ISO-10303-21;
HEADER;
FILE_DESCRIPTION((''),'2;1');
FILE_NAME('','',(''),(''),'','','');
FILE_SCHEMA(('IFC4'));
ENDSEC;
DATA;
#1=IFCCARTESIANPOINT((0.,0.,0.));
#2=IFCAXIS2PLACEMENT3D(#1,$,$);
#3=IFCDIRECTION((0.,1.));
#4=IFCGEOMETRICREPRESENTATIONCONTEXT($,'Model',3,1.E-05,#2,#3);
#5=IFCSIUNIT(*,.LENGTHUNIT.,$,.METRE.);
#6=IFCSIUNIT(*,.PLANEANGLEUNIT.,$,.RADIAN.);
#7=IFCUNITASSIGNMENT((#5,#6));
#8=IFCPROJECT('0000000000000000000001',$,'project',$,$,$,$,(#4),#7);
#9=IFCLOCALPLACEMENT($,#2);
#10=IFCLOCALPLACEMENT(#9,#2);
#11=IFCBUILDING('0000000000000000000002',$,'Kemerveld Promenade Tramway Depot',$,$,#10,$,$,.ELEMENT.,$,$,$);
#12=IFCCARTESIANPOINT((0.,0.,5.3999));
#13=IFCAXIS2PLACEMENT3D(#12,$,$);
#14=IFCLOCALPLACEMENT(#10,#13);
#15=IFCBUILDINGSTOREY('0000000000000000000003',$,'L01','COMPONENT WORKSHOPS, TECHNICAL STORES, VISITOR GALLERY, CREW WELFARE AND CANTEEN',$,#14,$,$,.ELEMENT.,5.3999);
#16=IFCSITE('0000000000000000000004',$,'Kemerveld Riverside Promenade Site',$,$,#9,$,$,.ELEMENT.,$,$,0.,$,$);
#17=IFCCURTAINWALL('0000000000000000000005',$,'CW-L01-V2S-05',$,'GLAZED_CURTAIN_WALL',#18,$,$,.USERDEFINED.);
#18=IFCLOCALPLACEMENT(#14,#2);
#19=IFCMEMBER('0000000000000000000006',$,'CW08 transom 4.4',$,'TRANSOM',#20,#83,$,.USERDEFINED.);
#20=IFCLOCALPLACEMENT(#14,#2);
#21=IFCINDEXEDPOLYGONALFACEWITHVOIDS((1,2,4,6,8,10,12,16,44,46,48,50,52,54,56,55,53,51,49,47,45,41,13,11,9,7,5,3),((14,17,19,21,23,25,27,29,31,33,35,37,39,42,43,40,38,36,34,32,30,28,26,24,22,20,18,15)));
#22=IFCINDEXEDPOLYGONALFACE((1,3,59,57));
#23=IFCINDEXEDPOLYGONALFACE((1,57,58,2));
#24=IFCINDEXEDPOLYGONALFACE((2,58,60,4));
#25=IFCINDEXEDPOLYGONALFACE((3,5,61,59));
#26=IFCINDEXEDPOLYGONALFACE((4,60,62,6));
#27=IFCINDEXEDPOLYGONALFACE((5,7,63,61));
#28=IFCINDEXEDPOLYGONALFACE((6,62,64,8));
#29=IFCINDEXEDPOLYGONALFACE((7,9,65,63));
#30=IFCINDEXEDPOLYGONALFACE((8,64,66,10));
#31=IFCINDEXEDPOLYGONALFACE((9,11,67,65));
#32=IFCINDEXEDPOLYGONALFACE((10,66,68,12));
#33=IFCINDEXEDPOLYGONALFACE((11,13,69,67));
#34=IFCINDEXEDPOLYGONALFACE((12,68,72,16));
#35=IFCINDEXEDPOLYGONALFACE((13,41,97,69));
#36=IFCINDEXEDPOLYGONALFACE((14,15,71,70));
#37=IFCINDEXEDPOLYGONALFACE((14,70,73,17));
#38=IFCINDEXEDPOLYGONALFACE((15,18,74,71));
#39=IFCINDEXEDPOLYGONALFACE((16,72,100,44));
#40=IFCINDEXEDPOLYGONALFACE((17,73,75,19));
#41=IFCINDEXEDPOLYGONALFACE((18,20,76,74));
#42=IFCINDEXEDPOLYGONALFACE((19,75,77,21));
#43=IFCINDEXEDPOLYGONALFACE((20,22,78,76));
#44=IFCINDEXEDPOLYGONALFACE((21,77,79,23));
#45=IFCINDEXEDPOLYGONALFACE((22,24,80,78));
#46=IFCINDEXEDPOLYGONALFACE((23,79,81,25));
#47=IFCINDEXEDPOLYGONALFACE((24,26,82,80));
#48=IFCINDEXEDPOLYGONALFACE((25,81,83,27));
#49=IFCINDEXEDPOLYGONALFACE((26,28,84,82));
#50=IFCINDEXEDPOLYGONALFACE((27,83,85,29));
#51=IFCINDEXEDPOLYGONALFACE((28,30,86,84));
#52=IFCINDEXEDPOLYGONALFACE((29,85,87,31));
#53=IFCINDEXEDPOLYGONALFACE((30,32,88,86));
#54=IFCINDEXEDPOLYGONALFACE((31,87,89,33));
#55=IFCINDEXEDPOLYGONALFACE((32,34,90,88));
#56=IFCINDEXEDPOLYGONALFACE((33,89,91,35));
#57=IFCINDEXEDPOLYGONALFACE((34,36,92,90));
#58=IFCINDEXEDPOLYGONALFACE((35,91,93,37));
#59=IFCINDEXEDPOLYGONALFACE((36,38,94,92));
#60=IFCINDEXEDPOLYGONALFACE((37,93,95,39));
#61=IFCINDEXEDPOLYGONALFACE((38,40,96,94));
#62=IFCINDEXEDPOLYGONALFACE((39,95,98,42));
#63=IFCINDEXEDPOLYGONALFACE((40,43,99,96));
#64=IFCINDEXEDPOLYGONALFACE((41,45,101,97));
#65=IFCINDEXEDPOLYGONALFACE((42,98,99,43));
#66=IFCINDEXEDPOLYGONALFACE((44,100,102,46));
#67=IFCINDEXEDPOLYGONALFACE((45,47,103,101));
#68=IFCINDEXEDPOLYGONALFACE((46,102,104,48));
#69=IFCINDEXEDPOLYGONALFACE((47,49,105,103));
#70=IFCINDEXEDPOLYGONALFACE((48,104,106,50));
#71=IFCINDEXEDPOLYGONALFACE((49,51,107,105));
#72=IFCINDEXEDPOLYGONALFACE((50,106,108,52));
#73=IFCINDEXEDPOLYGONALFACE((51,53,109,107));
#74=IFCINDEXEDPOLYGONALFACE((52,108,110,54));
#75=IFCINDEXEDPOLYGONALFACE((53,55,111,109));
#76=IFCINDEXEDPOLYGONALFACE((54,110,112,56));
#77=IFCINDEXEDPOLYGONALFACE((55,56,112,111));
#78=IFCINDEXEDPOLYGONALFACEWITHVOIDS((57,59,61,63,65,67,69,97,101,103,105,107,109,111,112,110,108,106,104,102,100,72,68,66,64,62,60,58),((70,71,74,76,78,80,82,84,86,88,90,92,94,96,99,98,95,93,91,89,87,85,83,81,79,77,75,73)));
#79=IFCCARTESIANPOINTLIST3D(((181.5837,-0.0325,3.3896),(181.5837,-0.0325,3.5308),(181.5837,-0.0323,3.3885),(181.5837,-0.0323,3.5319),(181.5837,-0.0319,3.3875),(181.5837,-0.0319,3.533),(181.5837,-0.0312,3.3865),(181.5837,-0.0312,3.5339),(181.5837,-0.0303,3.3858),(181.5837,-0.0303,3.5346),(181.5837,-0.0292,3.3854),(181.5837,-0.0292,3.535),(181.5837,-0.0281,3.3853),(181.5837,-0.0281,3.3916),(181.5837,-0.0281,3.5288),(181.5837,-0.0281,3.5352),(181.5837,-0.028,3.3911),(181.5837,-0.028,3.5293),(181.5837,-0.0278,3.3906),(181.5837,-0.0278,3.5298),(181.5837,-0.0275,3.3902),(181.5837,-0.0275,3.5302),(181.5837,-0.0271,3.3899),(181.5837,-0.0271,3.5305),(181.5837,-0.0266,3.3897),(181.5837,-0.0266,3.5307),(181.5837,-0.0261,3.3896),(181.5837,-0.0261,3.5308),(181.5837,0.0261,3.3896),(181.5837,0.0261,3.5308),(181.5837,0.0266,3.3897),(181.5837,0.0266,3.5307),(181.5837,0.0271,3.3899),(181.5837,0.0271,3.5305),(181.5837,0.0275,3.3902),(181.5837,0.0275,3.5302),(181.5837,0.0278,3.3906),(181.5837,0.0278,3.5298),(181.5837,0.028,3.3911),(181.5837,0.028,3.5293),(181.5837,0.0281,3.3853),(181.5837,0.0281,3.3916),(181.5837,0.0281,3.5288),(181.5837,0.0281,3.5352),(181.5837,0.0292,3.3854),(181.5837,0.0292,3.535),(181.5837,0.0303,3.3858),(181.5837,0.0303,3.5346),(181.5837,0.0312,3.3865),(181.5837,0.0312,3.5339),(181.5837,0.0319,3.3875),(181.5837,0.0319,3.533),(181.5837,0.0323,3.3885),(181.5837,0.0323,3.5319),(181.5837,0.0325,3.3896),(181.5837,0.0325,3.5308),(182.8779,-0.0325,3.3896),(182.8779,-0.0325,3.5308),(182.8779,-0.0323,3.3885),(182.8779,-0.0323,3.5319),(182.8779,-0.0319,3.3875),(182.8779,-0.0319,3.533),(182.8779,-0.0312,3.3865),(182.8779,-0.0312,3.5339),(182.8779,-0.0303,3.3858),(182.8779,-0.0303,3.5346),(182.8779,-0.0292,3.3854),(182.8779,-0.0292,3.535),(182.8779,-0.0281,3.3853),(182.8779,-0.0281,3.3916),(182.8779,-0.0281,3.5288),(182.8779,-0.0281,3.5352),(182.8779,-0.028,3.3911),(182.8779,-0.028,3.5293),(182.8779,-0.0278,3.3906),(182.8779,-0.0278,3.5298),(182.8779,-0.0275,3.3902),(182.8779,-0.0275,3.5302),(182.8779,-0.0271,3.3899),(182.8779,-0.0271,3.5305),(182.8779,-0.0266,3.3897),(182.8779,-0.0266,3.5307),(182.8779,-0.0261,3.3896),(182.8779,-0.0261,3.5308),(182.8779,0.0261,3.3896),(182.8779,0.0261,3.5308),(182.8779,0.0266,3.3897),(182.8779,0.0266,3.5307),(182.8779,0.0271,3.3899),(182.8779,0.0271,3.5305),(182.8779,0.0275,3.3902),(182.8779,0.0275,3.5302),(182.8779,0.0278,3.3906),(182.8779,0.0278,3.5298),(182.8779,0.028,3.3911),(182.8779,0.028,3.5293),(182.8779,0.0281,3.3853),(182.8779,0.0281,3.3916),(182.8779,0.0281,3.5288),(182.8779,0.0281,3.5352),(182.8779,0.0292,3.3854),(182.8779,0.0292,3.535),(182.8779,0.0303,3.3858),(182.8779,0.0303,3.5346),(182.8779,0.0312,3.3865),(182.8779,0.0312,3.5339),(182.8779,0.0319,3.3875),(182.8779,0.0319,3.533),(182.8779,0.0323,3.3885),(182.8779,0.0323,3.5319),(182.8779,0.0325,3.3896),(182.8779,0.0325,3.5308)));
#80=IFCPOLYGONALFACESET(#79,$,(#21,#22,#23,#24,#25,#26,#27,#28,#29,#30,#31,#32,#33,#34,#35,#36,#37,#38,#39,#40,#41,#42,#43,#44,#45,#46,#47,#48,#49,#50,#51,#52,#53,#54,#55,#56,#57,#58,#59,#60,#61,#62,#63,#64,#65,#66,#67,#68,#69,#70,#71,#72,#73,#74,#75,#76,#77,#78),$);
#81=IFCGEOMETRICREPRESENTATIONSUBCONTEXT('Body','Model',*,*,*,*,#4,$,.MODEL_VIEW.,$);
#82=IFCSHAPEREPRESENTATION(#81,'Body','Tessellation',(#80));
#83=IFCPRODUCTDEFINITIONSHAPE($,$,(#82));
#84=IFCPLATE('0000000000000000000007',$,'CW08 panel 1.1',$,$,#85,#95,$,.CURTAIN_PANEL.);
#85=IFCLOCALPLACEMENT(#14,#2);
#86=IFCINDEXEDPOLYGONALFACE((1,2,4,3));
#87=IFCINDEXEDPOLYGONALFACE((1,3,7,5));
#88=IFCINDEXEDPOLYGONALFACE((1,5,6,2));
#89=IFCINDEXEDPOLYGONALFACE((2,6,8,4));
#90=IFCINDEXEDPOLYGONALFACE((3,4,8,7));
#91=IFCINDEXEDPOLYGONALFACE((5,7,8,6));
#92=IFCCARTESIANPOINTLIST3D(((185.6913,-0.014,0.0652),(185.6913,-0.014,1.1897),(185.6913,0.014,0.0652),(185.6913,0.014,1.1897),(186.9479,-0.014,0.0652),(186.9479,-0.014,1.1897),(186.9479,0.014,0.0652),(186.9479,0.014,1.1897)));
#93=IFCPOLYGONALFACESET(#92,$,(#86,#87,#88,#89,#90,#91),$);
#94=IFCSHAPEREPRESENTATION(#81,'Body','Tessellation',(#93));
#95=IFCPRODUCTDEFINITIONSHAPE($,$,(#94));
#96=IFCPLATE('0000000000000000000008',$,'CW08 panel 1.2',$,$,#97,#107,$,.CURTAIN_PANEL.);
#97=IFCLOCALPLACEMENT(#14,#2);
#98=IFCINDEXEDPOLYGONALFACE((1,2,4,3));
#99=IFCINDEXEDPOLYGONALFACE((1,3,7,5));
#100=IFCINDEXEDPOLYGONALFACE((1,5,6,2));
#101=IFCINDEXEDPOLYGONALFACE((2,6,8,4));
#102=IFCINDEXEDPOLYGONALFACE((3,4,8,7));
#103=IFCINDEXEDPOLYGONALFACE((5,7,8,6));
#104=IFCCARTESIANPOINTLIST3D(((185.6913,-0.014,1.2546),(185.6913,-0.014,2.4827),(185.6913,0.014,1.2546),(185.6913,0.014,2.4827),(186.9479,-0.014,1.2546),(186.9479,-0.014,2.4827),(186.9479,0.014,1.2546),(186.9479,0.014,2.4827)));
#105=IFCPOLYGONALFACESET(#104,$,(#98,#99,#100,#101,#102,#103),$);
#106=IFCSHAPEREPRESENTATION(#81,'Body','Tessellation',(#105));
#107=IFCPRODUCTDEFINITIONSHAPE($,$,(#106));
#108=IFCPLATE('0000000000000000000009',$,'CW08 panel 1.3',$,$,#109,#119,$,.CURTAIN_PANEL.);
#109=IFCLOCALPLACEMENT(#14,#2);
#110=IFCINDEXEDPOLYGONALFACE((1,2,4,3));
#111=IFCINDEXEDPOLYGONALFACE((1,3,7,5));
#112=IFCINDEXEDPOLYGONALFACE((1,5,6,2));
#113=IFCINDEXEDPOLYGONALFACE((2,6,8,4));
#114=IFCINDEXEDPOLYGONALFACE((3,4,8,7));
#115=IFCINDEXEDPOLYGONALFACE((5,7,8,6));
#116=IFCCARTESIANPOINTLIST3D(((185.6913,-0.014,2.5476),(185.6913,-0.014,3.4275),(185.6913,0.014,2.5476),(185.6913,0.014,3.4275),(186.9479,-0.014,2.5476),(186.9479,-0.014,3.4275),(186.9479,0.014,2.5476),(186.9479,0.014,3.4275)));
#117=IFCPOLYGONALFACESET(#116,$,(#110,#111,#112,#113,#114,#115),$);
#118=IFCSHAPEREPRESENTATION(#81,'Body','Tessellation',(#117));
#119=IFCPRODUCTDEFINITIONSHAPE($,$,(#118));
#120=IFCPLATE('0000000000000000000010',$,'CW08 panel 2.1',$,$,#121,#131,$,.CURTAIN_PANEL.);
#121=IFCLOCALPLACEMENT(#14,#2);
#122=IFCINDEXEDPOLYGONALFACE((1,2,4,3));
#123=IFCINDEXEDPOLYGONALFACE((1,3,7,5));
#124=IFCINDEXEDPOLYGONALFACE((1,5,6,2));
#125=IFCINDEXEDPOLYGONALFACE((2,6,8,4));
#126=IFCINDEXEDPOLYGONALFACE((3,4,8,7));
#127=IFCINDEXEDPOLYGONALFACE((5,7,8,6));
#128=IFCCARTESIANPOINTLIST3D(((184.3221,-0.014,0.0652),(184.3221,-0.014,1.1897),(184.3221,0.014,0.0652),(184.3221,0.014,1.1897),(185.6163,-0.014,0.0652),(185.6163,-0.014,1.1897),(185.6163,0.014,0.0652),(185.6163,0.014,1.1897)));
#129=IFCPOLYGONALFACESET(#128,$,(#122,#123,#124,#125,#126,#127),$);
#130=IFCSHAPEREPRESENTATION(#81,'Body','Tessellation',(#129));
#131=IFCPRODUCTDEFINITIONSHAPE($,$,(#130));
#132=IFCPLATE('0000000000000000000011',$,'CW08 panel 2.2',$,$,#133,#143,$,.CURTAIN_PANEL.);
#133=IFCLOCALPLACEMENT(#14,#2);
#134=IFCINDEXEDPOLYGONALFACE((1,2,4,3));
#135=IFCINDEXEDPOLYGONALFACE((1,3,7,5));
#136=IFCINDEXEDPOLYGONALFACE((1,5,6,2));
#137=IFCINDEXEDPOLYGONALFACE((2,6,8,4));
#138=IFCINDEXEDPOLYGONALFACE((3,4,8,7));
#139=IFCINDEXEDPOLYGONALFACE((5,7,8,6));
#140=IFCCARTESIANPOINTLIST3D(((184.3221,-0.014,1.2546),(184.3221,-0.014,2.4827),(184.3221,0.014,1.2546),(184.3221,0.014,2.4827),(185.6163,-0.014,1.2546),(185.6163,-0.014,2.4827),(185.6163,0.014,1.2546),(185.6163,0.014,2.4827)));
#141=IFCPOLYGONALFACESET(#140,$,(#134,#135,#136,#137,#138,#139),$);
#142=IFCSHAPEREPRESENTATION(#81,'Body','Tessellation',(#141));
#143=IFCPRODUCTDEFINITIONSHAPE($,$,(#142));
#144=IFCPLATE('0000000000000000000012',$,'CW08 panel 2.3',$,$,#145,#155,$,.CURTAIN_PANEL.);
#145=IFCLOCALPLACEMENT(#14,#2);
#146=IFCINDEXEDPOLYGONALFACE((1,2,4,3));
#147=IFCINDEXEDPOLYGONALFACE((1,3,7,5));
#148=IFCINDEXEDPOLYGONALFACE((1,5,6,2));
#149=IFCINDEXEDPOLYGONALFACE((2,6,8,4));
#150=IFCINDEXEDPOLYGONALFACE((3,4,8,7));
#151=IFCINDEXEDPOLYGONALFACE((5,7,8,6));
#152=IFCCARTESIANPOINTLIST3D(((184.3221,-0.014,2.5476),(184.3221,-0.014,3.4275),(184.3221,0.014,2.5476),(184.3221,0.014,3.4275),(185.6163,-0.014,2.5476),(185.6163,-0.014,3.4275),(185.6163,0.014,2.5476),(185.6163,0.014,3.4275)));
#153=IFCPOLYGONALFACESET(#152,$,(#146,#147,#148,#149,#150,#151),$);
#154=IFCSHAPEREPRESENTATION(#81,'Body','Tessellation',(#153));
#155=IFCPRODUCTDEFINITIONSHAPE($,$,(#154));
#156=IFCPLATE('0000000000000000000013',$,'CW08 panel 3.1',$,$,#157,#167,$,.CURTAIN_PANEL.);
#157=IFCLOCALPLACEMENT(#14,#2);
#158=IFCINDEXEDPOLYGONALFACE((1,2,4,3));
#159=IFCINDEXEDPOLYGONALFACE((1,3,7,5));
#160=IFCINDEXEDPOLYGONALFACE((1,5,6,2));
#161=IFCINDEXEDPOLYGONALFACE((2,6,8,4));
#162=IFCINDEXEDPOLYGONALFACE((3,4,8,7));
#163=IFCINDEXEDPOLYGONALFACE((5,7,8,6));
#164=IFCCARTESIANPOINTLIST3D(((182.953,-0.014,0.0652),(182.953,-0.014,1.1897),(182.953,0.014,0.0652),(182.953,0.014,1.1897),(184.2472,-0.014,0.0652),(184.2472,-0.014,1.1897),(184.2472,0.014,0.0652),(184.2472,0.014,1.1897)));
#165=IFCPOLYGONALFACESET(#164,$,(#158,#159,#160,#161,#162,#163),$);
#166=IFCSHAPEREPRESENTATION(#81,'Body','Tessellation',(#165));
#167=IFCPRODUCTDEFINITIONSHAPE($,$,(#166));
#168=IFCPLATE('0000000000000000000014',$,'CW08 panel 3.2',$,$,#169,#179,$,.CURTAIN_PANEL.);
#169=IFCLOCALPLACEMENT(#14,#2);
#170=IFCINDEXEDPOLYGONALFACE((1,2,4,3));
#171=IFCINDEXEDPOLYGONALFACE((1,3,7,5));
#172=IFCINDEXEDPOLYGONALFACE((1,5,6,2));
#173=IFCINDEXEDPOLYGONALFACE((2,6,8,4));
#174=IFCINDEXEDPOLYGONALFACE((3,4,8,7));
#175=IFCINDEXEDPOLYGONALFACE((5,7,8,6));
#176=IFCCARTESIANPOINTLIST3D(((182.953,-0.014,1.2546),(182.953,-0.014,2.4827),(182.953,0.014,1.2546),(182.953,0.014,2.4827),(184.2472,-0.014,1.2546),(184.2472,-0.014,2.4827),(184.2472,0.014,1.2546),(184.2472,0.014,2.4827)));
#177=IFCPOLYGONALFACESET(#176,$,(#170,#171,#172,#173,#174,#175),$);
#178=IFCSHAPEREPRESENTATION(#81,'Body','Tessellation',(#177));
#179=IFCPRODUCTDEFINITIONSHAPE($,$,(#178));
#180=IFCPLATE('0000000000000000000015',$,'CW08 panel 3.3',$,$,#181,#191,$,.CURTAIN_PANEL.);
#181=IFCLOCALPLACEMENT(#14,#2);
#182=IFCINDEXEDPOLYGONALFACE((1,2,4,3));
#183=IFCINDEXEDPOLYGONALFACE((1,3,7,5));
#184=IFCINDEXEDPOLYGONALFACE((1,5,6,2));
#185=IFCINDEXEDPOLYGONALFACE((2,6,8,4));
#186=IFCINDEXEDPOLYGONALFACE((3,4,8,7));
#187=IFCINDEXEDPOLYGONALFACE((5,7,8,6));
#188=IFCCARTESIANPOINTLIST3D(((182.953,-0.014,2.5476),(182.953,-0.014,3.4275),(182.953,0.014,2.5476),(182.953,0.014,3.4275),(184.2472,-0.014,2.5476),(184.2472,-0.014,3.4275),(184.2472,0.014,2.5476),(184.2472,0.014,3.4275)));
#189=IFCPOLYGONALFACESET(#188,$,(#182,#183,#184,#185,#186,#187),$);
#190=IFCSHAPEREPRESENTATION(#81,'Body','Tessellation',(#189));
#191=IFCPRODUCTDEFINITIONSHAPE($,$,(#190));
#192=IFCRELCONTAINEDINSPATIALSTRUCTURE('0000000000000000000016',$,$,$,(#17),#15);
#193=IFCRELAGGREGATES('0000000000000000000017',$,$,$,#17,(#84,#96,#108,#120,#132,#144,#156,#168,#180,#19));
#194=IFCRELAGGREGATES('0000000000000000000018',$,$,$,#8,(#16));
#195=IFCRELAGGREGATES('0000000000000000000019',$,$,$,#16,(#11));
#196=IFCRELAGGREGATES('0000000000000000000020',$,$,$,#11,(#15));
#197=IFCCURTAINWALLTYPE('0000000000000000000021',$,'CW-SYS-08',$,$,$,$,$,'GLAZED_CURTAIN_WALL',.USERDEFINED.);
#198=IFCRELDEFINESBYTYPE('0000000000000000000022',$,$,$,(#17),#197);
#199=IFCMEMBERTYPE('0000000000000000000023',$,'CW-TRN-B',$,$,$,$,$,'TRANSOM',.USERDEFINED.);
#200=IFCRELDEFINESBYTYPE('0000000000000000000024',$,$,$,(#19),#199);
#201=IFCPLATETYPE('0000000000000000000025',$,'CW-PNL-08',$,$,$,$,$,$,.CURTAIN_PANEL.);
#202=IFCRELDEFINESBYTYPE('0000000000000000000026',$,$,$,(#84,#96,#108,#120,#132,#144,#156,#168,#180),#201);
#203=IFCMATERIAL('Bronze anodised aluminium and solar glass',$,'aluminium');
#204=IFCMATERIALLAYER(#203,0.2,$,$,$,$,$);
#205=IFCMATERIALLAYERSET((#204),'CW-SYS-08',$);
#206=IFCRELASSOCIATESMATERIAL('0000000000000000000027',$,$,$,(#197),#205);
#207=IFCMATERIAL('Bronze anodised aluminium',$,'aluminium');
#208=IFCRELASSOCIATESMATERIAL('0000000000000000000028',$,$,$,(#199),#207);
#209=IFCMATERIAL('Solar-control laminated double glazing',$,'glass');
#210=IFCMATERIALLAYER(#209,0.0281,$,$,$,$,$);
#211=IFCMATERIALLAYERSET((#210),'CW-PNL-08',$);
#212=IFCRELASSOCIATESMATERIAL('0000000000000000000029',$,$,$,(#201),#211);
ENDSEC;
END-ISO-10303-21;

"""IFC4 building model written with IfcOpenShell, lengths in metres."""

from ifc_helpers import new_model, si_unit, direction, frame, origin, origin_2d, place, context, subcontext, project, spatial, rectangle, hollow_rectangle, extrude, material, layer, layer_set, material_profile, profile_set, type_object, element, aggregate, save


model = new_model("IFC4")

# Units and contexts
model_context = context("Model", 3, precision=1e-05, world=origin(), true_north=direction((0.0, 1.0)))
body_context = subcontext(model_context, "Body", "Model", "MODEL_VIEW")
ifc_project = project(units=[si_unit("LENGTHUNIT", "METRE"), si_unit("PLANEANGLEUNIT", "RADIAN")], contexts=[model_context])

# Site, building, storey
site_placement = place(None, origin())
site = spatial("IfcSite", under=ifc_project, at=site_placement, Name="Kemerveld Riverside Promenade Site", CompositionType="ELEMENT", RefElevation=0.0)
building_placement = place(site_placement, origin())
building = spatial("IfcBuilding", under=site, at=building_placement, Name="Kemerveld Promenade Tramway Depot", CompositionType="ELEMENT")
storey_placement = place(building_placement, frame((0.0, 0.0, 5.3999)))
storey = spatial("IfcBuildingStorey", under=building, at=storey_placement, Name="L01", Description="COMPONENT WORKSHOPS, TECHNICAL STORES, VISITOR GALLERY, CREW WELFARE AND CANTEEN", CompositionType="ELEMENT", Elevation=5.3999)

# Curtain wall, member, plates
ifc_material_1 = material(Name="Bronze anodised aluminium and solar glass", Category="aluminium")
ifc_layer_1 = layer(ifc_material_1, 0.2)
ifc_layer_set_1 = layer_set([ifc_layer_1], Name="CW-SYS-08")
curtain_wall_type = type_object("IfcCurtainWallType", Name="CW-SYS-08", ElementType="GLAZED_CURTAIN_WALL", PredefinedType="USERDEFINED", material=ifc_layer_set_1)
curtain_wall_placement = place(storey_placement, origin())
curtain_wall = element("IfcCurtainWall", 1, at=curtain_wall_placement, inside=storey, type_object=curtain_wall_type, Name="CW-L01-V2S-05", ObjectType="GLAZED_CURTAIN_WALL", PredefinedType="USERDEFINED")
ifc_material_2 = material(Name="Bronze anodised aluminium", Category="aluminium")
ifc_material_profile_1 = material_profile(ifc_material_2, hollow_rectangle(XDim=0.0649, YDim=0.1499, WallThickness=0.0044, InnerFilletRadius=0.002, OuterFilletRadius=0.0044, at=origin_2d()), Name="CW-TRN-150x65")
ifc_profile_set_1 = profile_set([ifc_material_profile_1], Name="Bronze anodised aluminium")
member_type_1 = type_object("IfcMemberType", Name="CW-TRN-B", ElementType="TRANSOM", PredefinedType="USERDEFINED", material=ifc_profile_set_1)
member_1_placement = place(storey_placement, frame((182.8779, 0.0, 3.4602), z_axis=(-1.0, 0.0, 0.0), x_axis=(0.0, -1.0, 0.0)))
member_1 = element("IfcMember", 2, at=member_1_placement, type_object=member_type_1, Name="CW08 transom 4.4", ObjectType="TRANSOM", PredefinedType="USERDEFINED", context=body_context, shape_type="SweptSolid", body=[
    extrude(hollow_rectangle(XDim=0.0649, YDim=0.1499, WallThickness=0.0044, InnerFilletRadius=0.002, OuterFilletRadius=0.0044, at=origin_2d()), origin(), (0.0, 0.0, 1.0), 1.2942),
])
ifc_material_3 = material(Name="Solar-control laminated double glazing", Category="glass")
ifc_layer_2 = layer(ifc_material_3, 0.0281)
ifc_layer_set_2 = layer_set([ifc_layer_2], Name="CW-PNL-08")
plate_type = type_object("IfcPlateType", Name="CW-PNL-08", PredefinedType="CURTAIN_PANEL", material=ifc_layer_set_2)
plate_1_placement = place(storey_placement, frame((186.3196, 0.0, 0.0652), z_axis=(0.0, 0.0, 1.0), x_axis=(-1.0, 0.0, 0.0)))
plate_1 = element("IfcPlate", 3, at=plate_1_placement, type_object=plate_type, Name="CW08 panel 1.1", PredefinedType="CURTAIN_PANEL", context=body_context, shape_type="SweptSolid", body=[
    extrude(rectangle(XDim=1.2566, YDim=0.0281, at=origin_2d()), origin(), (0.0, 0.0, 1.0), 1.1245),
])
plate_2_placement = place(storey_placement, frame((186.3196, 0.0, 1.2546), z_axis=(0.0, 0.0, 1.0), x_axis=(-1.0, 0.0, 0.0)))
plate_2 = element("IfcPlate", 4, at=plate_2_placement, type_object=plate_type, Name="CW08 panel 1.2", PredefinedType="CURTAIN_PANEL", context=body_context, shape_type="SweptSolid", body=[
    extrude(rectangle(XDim=1.2566, YDim=0.0281, at=origin_2d()), origin(), (0.0, 0.0, 1.0), 1.228),
])
plate_3_placement = place(storey_placement, frame((186.3196, 0.0, 2.5476), z_axis=(0.0, 0.0, 1.0), x_axis=(-1.0, 0.0, 0.0)))
plate_3 = element("IfcPlate", 5, at=plate_3_placement, type_object=plate_type, Name="CW08 panel 1.3", PredefinedType="CURTAIN_PANEL", context=body_context, shape_type="SweptSolid", body=[
    extrude(rectangle(XDim=1.2566, YDim=0.0281, at=origin_2d()), origin(), (0.0, 0.0, 1.0), 0.8799),
])
plate_4_placement = place(storey_placement, frame((184.9692, 0.0, 0.0652), z_axis=(0.0, 0.0, 1.0), x_axis=(-1.0, 0.0, 0.0)))
plate_4 = element("IfcPlate", 6, at=plate_4_placement, type_object=plate_type, Name="CW08 panel 2.1", PredefinedType="CURTAIN_PANEL", context=body_context, shape_type="SweptSolid", body=[
    extrude(rectangle(XDim=1.2942, YDim=0.0281, at=origin_2d()), origin(), (0.0, 0.0, 1.0), 1.1245),
])
plate_5_placement = place(storey_placement, frame((184.9692, 0.0, 1.2546), z_axis=(0.0, 0.0, 1.0), x_axis=(-1.0, 0.0, 0.0)))
plate_5 = element("IfcPlate", 7, at=plate_5_placement, type_object=plate_type, Name="CW08 panel 2.2", PredefinedType="CURTAIN_PANEL", context=body_context, shape_type="SweptSolid", body=[
    extrude(rectangle(XDim=1.2942, YDim=0.0281, at=origin_2d()), origin(), (0.0, 0.0, 1.0), 1.228),
])
plate_6_placement = place(storey_placement, frame((184.9692, 0.0, 2.5476), z_axis=(0.0, 0.0, 1.0), x_axis=(-1.0, 0.0, 0.0)))
plate_6 = element("IfcPlate", 8, at=plate_6_placement, type_object=plate_type, Name="CW08 panel 2.3", PredefinedType="CURTAIN_PANEL", context=body_context, shape_type="SweptSolid", body=[
    extrude(rectangle(XDim=1.2942, YDim=0.0281, at=origin_2d()), origin(), (0.0, 0.0, 1.0), 0.8799),
])
plate_7_placement = place(storey_placement, frame((183.6001, 0.0, 0.0652), z_axis=(0.0, 0.0, 1.0), x_axis=(-1.0, 0.0, 0.0)))
plate_7 = element("IfcPlate", 9, at=plate_7_placement, type_object=plate_type, Name="CW08 panel 3.1", PredefinedType="CURTAIN_PANEL", context=body_context, shape_type="SweptSolid", body=[
    extrude(rectangle(XDim=1.2942, YDim=0.0281, at=origin_2d()), origin(), (0.0, 0.0, 1.0), 1.1245),
])
plate_8_placement = place(storey_placement, frame((183.6001, 0.0, 1.2546), z_axis=(0.0, 0.0, 1.0), x_axis=(-1.0, 0.0, 0.0)))
plate_8 = element("IfcPlate", 10, at=plate_8_placement, type_object=plate_type, Name="CW08 panel 3.2", PredefinedType="CURTAIN_PANEL", context=body_context, shape_type="SweptSolid", body=[
    extrude(rectangle(XDim=1.2942, YDim=0.0281, at=origin_2d()), origin(), (0.0, 0.0, 1.0), 1.228),
])
plate_9_placement = place(storey_placement, frame((183.6001, 0.0, 2.5476), z_axis=(0.0, 0.0, 1.0), x_axis=(-1.0, 0.0, 0.0)))
plate_9 = element("IfcPlate", 11, at=plate_9_placement, type_object=plate_type, Name="CW08 panel 3.3", PredefinedType="CURTAIN_PANEL", context=body_context, shape_type="SweptSolid", body=[
    extrude(rectangle(XDim=1.2942, YDim=0.0281, at=origin_2d()), origin(), (0.0, 0.0, 1.0), 0.8799),
])
aggregate(curtain_wall, [plate_1, plate_2, plate_3, plate_4, plate_5, plate_6, plate_7, plate_8, plate_9, member_1])

save(model, "model.ifc")
